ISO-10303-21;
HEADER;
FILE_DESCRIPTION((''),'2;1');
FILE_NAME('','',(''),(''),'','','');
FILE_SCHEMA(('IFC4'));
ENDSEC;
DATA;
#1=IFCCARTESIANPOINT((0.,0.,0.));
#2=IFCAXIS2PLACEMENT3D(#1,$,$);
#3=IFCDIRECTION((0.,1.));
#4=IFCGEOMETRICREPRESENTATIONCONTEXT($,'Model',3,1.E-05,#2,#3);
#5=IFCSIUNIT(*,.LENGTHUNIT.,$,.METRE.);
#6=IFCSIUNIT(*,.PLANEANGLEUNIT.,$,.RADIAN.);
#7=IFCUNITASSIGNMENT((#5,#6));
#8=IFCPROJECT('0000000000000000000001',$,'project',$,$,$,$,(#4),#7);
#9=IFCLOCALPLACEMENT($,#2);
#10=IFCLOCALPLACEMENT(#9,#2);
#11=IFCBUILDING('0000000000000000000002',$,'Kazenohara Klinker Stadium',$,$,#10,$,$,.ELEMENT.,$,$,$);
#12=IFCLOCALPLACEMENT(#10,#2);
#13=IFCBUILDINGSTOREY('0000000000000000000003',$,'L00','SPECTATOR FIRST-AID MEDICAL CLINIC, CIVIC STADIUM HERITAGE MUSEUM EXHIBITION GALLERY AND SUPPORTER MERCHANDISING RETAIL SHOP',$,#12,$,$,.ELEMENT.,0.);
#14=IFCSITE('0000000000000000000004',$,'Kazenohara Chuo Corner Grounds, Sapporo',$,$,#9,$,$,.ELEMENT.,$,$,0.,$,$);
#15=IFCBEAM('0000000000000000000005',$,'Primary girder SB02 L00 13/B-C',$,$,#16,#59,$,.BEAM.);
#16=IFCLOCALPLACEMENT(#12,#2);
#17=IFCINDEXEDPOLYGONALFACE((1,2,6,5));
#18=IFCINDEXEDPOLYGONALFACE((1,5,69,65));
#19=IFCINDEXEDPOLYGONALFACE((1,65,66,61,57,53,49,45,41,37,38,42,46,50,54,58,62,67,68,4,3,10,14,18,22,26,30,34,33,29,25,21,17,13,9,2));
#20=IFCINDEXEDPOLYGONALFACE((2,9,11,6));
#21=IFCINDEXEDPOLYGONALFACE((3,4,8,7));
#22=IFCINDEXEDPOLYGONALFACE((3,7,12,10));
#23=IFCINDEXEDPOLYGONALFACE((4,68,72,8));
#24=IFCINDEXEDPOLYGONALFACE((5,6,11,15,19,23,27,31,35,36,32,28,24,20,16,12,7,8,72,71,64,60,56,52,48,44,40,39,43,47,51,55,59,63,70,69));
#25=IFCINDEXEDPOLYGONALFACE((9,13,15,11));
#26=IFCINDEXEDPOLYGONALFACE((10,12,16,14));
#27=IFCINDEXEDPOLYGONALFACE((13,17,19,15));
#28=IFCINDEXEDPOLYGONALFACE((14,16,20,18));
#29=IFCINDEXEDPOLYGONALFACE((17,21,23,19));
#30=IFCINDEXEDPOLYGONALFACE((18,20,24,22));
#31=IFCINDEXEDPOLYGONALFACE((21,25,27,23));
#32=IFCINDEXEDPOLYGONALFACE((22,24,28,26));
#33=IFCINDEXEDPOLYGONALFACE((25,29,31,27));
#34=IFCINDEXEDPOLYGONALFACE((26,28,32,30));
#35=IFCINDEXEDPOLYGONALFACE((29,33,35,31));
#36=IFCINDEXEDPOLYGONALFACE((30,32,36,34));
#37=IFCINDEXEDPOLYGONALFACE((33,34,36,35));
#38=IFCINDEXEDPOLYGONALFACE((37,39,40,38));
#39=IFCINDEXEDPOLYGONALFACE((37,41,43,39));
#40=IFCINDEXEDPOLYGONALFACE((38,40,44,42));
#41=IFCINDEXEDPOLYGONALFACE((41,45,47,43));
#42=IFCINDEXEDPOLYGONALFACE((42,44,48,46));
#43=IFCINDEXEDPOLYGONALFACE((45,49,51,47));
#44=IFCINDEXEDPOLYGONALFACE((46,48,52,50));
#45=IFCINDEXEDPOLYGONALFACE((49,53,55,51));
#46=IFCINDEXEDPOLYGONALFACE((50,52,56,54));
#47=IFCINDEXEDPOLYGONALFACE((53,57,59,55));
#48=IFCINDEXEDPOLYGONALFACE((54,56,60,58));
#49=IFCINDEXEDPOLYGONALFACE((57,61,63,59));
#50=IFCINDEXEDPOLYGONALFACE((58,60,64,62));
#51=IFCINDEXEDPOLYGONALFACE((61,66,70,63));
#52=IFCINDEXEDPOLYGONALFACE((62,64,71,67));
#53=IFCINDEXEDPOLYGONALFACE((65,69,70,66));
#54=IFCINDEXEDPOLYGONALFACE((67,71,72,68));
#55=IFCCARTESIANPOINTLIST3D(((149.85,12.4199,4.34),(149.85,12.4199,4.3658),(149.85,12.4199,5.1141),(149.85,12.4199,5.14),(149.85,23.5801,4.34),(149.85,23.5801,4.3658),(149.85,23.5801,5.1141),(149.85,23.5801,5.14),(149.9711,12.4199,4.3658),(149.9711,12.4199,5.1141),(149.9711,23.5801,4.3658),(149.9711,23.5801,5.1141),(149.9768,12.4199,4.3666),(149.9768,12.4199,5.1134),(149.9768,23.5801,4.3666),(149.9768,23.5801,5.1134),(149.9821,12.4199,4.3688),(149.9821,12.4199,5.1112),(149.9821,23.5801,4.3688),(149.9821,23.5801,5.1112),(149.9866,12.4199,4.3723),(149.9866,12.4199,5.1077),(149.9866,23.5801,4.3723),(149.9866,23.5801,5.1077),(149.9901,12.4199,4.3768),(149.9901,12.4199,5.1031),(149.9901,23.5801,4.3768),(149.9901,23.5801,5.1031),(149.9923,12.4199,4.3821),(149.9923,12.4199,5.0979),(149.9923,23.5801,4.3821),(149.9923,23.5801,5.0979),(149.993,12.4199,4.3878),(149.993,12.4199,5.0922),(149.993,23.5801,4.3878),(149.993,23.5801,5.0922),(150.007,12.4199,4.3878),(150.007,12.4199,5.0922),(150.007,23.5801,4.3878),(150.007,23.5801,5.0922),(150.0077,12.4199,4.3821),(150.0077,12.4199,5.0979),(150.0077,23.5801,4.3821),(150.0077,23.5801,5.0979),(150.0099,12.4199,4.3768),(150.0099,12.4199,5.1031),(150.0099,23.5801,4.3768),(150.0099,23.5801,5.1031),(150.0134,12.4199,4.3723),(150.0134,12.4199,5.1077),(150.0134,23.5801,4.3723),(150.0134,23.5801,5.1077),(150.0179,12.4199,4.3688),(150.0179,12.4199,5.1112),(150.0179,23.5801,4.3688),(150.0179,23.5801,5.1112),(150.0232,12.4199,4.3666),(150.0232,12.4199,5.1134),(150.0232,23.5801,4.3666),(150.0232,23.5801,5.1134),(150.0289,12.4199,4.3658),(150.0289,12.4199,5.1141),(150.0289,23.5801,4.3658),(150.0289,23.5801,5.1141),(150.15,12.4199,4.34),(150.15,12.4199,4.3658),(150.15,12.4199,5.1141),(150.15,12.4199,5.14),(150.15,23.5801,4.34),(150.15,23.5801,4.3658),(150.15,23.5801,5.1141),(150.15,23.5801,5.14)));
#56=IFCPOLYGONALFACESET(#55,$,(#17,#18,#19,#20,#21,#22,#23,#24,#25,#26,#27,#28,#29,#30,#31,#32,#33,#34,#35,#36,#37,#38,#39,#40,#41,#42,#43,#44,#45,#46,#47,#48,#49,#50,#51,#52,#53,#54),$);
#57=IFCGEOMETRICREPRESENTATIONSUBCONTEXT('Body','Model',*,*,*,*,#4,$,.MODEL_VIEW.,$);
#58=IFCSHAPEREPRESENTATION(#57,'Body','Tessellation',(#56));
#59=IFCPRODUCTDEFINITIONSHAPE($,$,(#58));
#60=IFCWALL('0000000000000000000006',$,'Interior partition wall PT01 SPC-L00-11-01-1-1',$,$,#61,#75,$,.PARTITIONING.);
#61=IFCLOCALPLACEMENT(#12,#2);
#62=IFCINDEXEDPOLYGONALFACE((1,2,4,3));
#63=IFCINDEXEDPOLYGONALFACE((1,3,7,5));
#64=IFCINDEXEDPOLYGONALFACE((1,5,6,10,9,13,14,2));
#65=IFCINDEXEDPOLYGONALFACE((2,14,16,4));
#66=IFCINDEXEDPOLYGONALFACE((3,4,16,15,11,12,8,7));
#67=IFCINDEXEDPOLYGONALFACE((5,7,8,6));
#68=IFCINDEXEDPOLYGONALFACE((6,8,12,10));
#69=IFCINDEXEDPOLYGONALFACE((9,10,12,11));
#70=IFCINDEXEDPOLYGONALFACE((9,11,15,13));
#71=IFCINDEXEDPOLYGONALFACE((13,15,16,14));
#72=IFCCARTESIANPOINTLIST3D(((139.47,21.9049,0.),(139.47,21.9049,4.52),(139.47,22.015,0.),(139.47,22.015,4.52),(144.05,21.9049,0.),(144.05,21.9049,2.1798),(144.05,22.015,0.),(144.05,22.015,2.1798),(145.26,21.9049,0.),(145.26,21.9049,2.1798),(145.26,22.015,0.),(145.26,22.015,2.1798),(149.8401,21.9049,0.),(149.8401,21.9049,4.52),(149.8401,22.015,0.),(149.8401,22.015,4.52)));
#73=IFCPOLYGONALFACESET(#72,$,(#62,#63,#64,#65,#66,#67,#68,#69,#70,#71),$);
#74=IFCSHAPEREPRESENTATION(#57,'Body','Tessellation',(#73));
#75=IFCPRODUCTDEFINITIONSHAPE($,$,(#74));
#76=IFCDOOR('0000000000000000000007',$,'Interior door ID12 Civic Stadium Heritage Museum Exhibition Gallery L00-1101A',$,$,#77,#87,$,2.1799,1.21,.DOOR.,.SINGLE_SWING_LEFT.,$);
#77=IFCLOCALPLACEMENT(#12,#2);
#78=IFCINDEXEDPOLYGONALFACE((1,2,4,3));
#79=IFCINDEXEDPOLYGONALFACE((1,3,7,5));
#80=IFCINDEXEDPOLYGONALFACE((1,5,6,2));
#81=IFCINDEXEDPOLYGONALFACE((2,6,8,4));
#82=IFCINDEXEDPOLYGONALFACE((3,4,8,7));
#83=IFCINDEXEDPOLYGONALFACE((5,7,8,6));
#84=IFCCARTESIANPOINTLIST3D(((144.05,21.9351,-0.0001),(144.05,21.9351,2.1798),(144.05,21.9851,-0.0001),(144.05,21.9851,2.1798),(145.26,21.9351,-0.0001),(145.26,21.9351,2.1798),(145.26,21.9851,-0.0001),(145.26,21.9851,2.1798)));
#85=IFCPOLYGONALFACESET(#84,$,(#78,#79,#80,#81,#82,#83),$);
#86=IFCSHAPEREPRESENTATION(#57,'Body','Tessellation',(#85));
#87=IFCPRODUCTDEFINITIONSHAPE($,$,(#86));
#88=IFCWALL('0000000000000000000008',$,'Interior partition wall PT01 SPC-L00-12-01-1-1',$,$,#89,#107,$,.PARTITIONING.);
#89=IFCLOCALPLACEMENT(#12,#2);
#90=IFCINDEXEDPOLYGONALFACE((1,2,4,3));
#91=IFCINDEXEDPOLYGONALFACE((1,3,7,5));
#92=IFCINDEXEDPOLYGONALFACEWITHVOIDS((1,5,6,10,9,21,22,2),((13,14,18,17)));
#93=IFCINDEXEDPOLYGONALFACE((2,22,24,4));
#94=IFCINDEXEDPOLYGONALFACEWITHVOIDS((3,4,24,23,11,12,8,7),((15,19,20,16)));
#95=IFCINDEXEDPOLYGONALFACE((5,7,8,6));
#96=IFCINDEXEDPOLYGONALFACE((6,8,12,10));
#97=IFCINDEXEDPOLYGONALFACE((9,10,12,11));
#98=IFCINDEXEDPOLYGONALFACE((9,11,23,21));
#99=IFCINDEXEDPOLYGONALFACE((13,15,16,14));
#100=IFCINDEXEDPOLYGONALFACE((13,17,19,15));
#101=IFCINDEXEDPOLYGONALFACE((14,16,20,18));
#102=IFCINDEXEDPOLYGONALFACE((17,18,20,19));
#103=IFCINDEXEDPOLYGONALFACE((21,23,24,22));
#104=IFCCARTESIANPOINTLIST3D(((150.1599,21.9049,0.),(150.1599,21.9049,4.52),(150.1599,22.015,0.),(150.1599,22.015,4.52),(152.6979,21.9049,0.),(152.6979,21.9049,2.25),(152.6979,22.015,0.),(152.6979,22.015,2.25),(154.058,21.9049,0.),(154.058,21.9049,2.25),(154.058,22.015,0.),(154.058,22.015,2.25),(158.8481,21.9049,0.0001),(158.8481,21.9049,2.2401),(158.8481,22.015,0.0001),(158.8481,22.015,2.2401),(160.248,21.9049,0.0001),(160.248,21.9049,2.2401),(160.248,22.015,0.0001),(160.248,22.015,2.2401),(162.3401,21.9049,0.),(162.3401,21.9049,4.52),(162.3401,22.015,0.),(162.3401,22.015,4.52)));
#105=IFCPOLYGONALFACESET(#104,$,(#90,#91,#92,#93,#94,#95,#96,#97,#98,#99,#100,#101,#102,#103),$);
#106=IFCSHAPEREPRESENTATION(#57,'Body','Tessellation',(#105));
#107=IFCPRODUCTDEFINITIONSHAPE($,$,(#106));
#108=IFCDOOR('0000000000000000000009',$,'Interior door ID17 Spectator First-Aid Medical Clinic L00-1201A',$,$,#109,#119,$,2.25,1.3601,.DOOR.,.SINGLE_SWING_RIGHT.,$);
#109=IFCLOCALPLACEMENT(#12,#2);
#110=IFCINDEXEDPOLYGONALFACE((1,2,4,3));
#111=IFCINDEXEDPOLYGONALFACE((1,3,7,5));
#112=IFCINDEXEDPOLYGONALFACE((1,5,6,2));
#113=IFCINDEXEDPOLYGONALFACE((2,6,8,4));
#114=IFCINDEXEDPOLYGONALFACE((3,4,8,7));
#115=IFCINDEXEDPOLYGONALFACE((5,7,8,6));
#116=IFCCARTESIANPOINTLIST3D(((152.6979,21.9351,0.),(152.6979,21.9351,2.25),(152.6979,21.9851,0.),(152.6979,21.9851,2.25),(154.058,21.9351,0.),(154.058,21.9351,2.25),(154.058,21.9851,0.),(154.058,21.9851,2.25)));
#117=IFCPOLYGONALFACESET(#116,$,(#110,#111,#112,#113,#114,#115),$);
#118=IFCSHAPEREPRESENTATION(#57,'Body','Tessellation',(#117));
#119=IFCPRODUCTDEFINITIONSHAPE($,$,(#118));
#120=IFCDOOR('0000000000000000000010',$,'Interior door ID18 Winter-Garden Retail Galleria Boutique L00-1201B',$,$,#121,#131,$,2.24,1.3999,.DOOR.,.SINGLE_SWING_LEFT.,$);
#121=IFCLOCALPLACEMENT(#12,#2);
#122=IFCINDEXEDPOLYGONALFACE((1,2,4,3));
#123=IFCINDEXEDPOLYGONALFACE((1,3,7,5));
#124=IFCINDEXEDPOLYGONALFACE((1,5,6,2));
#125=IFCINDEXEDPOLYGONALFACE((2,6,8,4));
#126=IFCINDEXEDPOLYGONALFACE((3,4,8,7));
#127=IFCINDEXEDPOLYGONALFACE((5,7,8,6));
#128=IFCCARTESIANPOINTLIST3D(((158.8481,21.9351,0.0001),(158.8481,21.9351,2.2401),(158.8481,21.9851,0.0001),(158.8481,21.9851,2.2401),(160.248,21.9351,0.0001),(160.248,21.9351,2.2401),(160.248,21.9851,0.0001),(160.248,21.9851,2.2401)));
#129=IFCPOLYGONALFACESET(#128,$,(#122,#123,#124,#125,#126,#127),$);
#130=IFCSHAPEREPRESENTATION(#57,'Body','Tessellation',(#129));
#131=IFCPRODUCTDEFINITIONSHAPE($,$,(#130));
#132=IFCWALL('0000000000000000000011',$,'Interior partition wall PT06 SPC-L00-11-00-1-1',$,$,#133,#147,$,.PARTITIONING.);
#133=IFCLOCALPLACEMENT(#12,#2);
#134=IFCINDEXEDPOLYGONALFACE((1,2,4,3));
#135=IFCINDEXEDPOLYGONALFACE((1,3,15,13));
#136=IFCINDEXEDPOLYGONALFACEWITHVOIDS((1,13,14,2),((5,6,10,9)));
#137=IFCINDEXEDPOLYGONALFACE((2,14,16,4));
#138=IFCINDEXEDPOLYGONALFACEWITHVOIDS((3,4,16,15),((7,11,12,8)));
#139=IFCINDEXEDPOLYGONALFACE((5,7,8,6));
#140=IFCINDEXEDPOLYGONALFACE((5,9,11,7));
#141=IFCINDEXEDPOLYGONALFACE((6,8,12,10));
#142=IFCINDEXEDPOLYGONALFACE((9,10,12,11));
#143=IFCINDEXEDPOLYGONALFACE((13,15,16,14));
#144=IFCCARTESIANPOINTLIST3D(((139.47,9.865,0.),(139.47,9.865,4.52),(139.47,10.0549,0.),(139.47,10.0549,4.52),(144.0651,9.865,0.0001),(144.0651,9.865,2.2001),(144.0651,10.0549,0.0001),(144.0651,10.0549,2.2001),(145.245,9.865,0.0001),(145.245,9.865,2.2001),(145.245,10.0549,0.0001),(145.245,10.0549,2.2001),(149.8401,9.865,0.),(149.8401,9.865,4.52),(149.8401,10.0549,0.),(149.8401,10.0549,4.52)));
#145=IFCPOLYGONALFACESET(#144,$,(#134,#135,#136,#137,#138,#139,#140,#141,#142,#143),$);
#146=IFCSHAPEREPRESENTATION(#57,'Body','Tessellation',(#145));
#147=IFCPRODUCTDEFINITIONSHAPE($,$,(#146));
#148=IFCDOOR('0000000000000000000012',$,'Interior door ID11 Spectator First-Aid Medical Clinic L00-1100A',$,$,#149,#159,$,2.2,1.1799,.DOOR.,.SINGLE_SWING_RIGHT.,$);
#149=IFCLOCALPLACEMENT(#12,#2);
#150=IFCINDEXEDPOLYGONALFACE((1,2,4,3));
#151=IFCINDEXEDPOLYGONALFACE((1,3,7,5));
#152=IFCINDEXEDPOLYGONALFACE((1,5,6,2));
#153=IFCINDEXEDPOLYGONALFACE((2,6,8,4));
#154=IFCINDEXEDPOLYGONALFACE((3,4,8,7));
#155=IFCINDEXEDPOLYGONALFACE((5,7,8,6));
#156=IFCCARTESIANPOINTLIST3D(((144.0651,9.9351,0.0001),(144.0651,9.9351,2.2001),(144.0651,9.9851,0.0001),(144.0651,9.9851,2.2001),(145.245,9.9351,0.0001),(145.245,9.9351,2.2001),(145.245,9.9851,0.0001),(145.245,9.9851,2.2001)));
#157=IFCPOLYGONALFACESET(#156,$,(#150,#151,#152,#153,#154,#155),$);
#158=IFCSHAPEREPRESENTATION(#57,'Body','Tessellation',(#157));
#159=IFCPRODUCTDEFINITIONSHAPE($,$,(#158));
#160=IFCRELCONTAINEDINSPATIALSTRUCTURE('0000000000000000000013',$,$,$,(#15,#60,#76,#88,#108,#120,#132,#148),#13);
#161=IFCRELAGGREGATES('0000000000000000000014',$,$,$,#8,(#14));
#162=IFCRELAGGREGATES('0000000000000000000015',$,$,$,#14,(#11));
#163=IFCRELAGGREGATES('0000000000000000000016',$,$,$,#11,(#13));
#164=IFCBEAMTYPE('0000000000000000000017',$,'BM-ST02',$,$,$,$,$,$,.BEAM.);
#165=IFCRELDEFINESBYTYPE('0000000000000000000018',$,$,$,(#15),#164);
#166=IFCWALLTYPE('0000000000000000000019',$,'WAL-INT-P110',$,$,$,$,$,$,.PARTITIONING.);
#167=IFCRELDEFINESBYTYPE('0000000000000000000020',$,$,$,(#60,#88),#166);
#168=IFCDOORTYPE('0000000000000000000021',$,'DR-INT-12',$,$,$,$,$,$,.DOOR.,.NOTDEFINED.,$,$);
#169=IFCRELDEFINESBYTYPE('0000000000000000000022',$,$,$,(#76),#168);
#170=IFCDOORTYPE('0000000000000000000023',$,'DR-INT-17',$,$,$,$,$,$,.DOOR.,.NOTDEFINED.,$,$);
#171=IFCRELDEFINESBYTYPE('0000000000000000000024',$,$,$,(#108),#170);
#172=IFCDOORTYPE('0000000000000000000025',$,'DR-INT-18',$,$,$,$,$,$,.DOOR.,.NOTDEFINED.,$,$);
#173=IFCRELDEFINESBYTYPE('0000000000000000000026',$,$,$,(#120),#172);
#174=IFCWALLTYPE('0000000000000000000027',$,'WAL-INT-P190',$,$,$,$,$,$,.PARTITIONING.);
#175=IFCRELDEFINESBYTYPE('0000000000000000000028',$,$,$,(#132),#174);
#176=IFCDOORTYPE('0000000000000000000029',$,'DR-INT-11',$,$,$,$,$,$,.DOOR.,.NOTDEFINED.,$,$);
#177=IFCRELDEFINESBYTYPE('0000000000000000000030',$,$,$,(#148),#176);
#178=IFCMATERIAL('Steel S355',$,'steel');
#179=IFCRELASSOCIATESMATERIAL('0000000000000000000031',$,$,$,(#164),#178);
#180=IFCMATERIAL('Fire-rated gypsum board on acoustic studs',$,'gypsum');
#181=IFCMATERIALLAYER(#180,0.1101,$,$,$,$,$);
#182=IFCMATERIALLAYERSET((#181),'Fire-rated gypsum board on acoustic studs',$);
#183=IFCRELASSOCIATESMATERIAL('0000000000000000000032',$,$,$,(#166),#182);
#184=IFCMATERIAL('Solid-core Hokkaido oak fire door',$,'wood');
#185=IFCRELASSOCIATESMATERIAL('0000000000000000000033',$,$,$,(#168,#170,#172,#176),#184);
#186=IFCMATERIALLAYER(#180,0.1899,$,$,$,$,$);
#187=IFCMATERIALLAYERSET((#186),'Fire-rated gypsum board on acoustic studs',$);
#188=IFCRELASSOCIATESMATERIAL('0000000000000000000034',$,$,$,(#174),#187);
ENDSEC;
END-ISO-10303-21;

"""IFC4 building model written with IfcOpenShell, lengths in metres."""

from ifc_helpers import new_model, si_unit, direction, frame, frame_2d, origin, origin_2d, place, context, subcontext, project, spatial, rectangle, i_section, extrude, material, layer, layer_set, material_profile, profile_set, type_object, element, fill, save


model = new_model("IFC4")

# Units and contexts
model_context = context("Model", 3, precision=1e-05, world=origin(), true_north=direction((0.0, 1.0)))
body_context = subcontext(model_context, "Body", "Model", "MODEL_VIEW")
ifc_project = project(units=[si_unit("LENGTHUNIT", "METRE"), si_unit("PLANEANGLEUNIT", "RADIAN")], contexts=[model_context])

# Site, building, storey
site_placement = place(None, origin())
site = spatial("IfcSite", under=ifc_project, at=site_placement, Name="Kazenohara Chuo Corner Grounds, Sapporo", CompositionType="ELEMENT", RefElevation=0.0)
building_placement = place(site_placement, origin())
building = spatial("IfcBuilding", under=site, at=building_placement, Name="Kazenohara Klinker Stadium", CompositionType="ELEMENT")
storey_placement = place(building_placement, origin())
storey = spatial("IfcBuildingStorey", under=building, at=storey_placement, Name="L00", Description="SPECTATOR FIRST-AID MEDICAL CLINIC, CIVIC STADIUM HERITAGE MUSEUM EXHIBITION GALLERY AND SUPPORTER MERCHANDISING RETAIL SHOP", CompositionType="ELEMENT", Elevation=0.0)

# Beam
ifc_material_1 = material(Name="Steel S355", Category="steel")
ifc_material_profile_1 = material_profile(ifc_material_1, i_section(OverallWidth=0.3, OverallDepth=0.8, WebThickness=0.0139, FlangeThickness=0.0259, FilletRadius=0.022, at=origin_2d()), Name="H-800x300x14x26")
ifc_profile_set_1 = profile_set([ifc_material_profile_1], Name="Steel S355")
beam_type_1 = type_object("IfcBeamType", Name="BM-ST02", PredefinedType="BEAM", material=ifc_profile_set_1)
beam_1_placement = place(storey_placement, frame((150.0, 12.4199, 4.74), z_axis=(0.0, 1.0, 0.0), x_axis=(-1.0, 0.0, 0.0)))
element("IfcBeam", 1, at=beam_1_placement, inside=storey, type_object=beam_type_1, Name="Primary girder SB02 L00 13/B-C", PredefinedType="BEAM", context=body_context, shape_type="SweptSolid", body=[
    extrude(i_section(OverallWidth=0.3, OverallDepth=0.8, WebThickness=0.0139, FlangeThickness=0.0259, FilletRadius=0.022, at=origin_2d()), origin(), (0.0, 0.0, 1.0), 11.1602),
])

# Wall, opening, door
ifc_material_2 = material(Name="Fire-rated gypsum board on acoustic studs", Category="gypsum")
ifc_layer_1 = layer(ifc_material_2, 0.1101)
ifc_layer_set_1 = layer_set([ifc_layer_1], Name="Fire-rated gypsum board on acoustic studs")
wall_type_1 = type_object("IfcWallType", Name="WAL-INT-P110", PredefinedType="PARTITIONING", material=ifc_layer_set_1)
wall_1_placement = place(storey_placement, frame((139.47, 21.96, 0.0), z_axis=(0.0, 0.0, 1.0), x_axis=(1.0, 0.0, 0.0)))
wall_1 = element("IfcWall", 2, at=wall_1_placement, inside=storey, type_object=wall_type_1, Name="Interior partition wall PT01 SPC-L00-11-01-1-1", PredefinedType="PARTITIONING", context=body_context, shape_type="SweptSolid", body=[
    extrude(rectangle(XDim=10.3701, YDim=0.1101, at=frame_2d((5.1851, 0.0))), origin(), (0.0, 0.0, 1.0), 4.52),
])
opening_1_placement = place(wall_1_placement, frame((5.79, 0.0, 0.0), z_axis=(0.0, 0.0, 1.0), x_axis=(-1.0, 0.0, 0.0)))
opening_1 = element("IfcOpeningElement", 3, at=opening_1_placement, cuts=wall_1, PredefinedType="OPENING", context=body_context, shape_type="SweptSolid", body=[
    extrude(rectangle(XDim=1.21, YDim=2.1799, at=frame_2d((0.605, 1.0898))), frame((0.0, 0.0649, 0.0), z_axis=(0.0, -1.0, 0.0), x_axis=(1.0, 0.0, 0.0)), (0.0, 0.0, 1.0), 0.1301),
])
ifc_material_3 = material(Name="Solid-core Hokkaido oak fire door", Category="wood")
door_type_1 = type_object("IfcDoorType", Name="DR-INT-12", OperationType="NOTDEFINED", PredefinedType="DOOR", material=ifc_material_3)
door_1_placement = place(opening_1_placement, origin())
door_1 = element("IfcDoor", 4, at=door_1_placement, inside=storey, type_object=door_type_1, Name="Interior door ID12 Civic Stadium Heritage Museum Exhibition Gallery L00-1101A", OperationType="SINGLE_SWING_LEFT", OverallHeight=2.1799, OverallWidth=1.21, PredefinedType="DOOR", context=body_context, shape_type="SweptSolid", body=[
    extrude(rectangle(XDim=1.21, YDim=2.1799, at=frame_2d((0.605, 1.0898))), frame((0.0, 0.0249, 0.0), z_axis=(0.0, -1.0, 0.0), x_axis=(1.0, 0.0, 0.0)), (0.0, 0.0, 1.0), 0.05),
])
fill(opening_1, door_1)

# Wall, openings, doors
wall_2_placement = place(storey_placement, frame((150.1599, 21.96, 0.0), z_axis=(0.0, 0.0, 1.0), x_axis=(1.0, 0.0, 0.0)))
wall_2 = element("IfcWall", 5, at=wall_2_placement, inside=storey, type_object=wall_type_1, Name="Interior partition wall PT01 SPC-L00-12-01-1-1", PredefinedType="PARTITIONING", context=body_context, shape_type="SweptSolid", body=[
    extrude(rectangle(XDim=12.1802, YDim=0.1101, at=frame_2d((6.0901, 0.0))), origin(), (0.0, 0.0, 1.0), 4.52),
])
opening_2_placement = place(wall_2_placement, frame((3.8982, 0.0, 0.0), z_axis=(0.0, 0.0, 1.0), x_axis=(-1.0, 0.0, 0.0)))
opening_2 = element("IfcOpeningElement", 6, at=opening_2_placement, cuts=wall_2, PredefinedType="OPENING", context=body_context, shape_type="SweptSolid", body=[
    extrude(rectangle(XDim=1.3601, YDim=2.25, at=frame_2d((0.6802, 1.125))), frame((0.0, 0.0649, 0.0), z_axis=(0.0, -1.0, 0.0), x_axis=(1.0, 0.0, 0.0)), (0.0, 0.0, 1.0), 0.1301),
])
opening_3_placement = place(wall_2_placement, frame((10.0881, 0.0, 0.0), z_axis=(0.0, 0.0, 1.0), x_axis=(-1.0, 0.0, 0.0)))
opening_3 = element("IfcOpeningElement", 7, at=opening_3_placement, cuts=wall_2, PredefinedType="OPENING", context=body_context, shape_type="SweptSolid", body=[
    extrude(rectangle(XDim=1.3999, YDim=2.24, at=frame_2d((0.7, 1.1201))), frame((0.0, 0.0649, 0.0), z_axis=(0.0, -1.0, 0.0), x_axis=(1.0, 0.0, 0.0)), (0.0, 0.0, 1.0), 0.1301),
])
door_type_2 = type_object("IfcDoorType", Name="DR-INT-17", OperationType="NOTDEFINED", PredefinedType="DOOR", material=ifc_material_3)
door_2_placement = place(opening_2_placement, origin())
door_2 = element("IfcDoor", 8, at=door_2_placement, inside=storey, type_object=door_type_2, Name="Interior door ID17 Spectator First-Aid Medical Clinic L00-1201A", OperationType="SINGLE_SWING_RIGHT", OverallHeight=2.25, OverallWidth=1.3601, PredefinedType="DOOR", context=body_context, shape_type="SweptSolid", body=[
    extrude(rectangle(XDim=1.3601, YDim=2.25, at=frame_2d((0.6802, 1.125))), frame((0.0, 0.0249, 0.0), z_axis=(0.0, -1.0, 0.0), x_axis=(1.0, 0.0, 0.0)), (0.0, 0.0, 1.0), 0.05),
])
fill(opening_2, door_2)
door_type_3 = type_object("IfcDoorType", Name="DR-INT-18", OperationType="NOTDEFINED", PredefinedType="DOOR", material=ifc_material_3)
door_3_placement = place(opening_3_placement, origin())
door_3 = element("IfcDoor", 9, at=door_3_placement, inside=storey, type_object=door_type_3, Name="Interior door ID18 Winter-Garden Retail Galleria Boutique L00-1201B", OperationType="SINGLE_SWING_LEFT", OverallHeight=2.24, OverallWidth=1.3999, PredefinedType="DOOR", context=body_context, shape_type="SweptSolid", body=[
    extrude(rectangle(XDim=1.3999, YDim=2.24, at=frame_2d((0.7, 1.1201))), frame((0.0, 0.0249, 0.0), z_axis=(0.0, -1.0, 0.0), x_axis=(1.0, 0.0, 0.0)), (0.0, 0.0, 1.0), 0.05),
])
fill(opening_3, door_3)

# Wall, opening, door
ifc_layer_2 = layer(ifc_material_2, 0.1899)
ifc_layer_set_2 = layer_set([ifc_layer_2], Name="Fire-rated gypsum board on acoustic studs")
wall_type_2 = type_object("IfcWallType", Name="WAL-INT-P190", PredefinedType="PARTITIONING", material=ifc_layer_set_2)
wall_3_placement = place(storey_placement, frame((139.47, 9.96, 0.0), z_axis=(0.0, 0.0, 1.0), x_axis=(1.0, 0.0, 0.0)))
wall_3 = element("IfcWall", 10, at=wall_3_placement, inside=storey, type_object=wall_type_2, Name="Interior partition wall PT06 SPC-L00-11-00-1-1", PredefinedType="PARTITIONING", context=body_context, shape_type="SweptSolid", body=[
    extrude(rectangle(XDim=10.3701, YDim=0.1899, at=frame_2d((5.1851, 0.0))), origin(), (0.0, 0.0, 1.0), 4.52),
])
opening_4_placement = place(wall_3_placement, frame((5.7749, 0.0, 0.0), z_axis=(0.0, 0.0, 1.0), x_axis=(-1.0, 0.0, 0.0)))
opening_4 = element("IfcOpeningElement", 11, at=opening_4_placement, cuts=wall_3, PredefinedType="OPENING", context=body_context, shape_type="SweptSolid", body=[
    extrude(rectangle(XDim=1.1799, YDim=2.2, at=frame_2d((0.5898, 1.1001))), frame((0.0, 0.105, 0.0), z_axis=(0.0, -1.0, 0.0), x_axis=(1.0, 0.0, 0.0)), (0.0, 0.0, 1.0), 0.21),
])
door_type_4 = type_object("IfcDoorType", Name="DR-INT-11", OperationType="NOTDEFINED", PredefinedType="DOOR", material=ifc_material_3)
door_4_placement = place(opening_4_placement, origin())
door_4 = element("IfcDoor", 12, at=door_4_placement, inside=storey, type_object=door_type_4, Name="Interior door ID11 Spectator First-Aid Medical Clinic L00-1100A", OperationType="SINGLE_SWING_RIGHT", OverallHeight=2.2, OverallWidth=1.1799, PredefinedType="DOOR", context=body_context, shape_type="SweptSolid", body=[
    extrude(rectangle(XDim=1.1799, YDim=2.2, at=frame_2d((0.5898, 1.1001))), frame((0.0, 0.0249, 0.0), z_axis=(0.0, -1.0, 0.0), x_axis=(1.0, 0.0, 0.0)), (0.0, 0.0, 1.0), 0.05),
])
fill(opening_4, door_4)

save(model, "model.ifc")
